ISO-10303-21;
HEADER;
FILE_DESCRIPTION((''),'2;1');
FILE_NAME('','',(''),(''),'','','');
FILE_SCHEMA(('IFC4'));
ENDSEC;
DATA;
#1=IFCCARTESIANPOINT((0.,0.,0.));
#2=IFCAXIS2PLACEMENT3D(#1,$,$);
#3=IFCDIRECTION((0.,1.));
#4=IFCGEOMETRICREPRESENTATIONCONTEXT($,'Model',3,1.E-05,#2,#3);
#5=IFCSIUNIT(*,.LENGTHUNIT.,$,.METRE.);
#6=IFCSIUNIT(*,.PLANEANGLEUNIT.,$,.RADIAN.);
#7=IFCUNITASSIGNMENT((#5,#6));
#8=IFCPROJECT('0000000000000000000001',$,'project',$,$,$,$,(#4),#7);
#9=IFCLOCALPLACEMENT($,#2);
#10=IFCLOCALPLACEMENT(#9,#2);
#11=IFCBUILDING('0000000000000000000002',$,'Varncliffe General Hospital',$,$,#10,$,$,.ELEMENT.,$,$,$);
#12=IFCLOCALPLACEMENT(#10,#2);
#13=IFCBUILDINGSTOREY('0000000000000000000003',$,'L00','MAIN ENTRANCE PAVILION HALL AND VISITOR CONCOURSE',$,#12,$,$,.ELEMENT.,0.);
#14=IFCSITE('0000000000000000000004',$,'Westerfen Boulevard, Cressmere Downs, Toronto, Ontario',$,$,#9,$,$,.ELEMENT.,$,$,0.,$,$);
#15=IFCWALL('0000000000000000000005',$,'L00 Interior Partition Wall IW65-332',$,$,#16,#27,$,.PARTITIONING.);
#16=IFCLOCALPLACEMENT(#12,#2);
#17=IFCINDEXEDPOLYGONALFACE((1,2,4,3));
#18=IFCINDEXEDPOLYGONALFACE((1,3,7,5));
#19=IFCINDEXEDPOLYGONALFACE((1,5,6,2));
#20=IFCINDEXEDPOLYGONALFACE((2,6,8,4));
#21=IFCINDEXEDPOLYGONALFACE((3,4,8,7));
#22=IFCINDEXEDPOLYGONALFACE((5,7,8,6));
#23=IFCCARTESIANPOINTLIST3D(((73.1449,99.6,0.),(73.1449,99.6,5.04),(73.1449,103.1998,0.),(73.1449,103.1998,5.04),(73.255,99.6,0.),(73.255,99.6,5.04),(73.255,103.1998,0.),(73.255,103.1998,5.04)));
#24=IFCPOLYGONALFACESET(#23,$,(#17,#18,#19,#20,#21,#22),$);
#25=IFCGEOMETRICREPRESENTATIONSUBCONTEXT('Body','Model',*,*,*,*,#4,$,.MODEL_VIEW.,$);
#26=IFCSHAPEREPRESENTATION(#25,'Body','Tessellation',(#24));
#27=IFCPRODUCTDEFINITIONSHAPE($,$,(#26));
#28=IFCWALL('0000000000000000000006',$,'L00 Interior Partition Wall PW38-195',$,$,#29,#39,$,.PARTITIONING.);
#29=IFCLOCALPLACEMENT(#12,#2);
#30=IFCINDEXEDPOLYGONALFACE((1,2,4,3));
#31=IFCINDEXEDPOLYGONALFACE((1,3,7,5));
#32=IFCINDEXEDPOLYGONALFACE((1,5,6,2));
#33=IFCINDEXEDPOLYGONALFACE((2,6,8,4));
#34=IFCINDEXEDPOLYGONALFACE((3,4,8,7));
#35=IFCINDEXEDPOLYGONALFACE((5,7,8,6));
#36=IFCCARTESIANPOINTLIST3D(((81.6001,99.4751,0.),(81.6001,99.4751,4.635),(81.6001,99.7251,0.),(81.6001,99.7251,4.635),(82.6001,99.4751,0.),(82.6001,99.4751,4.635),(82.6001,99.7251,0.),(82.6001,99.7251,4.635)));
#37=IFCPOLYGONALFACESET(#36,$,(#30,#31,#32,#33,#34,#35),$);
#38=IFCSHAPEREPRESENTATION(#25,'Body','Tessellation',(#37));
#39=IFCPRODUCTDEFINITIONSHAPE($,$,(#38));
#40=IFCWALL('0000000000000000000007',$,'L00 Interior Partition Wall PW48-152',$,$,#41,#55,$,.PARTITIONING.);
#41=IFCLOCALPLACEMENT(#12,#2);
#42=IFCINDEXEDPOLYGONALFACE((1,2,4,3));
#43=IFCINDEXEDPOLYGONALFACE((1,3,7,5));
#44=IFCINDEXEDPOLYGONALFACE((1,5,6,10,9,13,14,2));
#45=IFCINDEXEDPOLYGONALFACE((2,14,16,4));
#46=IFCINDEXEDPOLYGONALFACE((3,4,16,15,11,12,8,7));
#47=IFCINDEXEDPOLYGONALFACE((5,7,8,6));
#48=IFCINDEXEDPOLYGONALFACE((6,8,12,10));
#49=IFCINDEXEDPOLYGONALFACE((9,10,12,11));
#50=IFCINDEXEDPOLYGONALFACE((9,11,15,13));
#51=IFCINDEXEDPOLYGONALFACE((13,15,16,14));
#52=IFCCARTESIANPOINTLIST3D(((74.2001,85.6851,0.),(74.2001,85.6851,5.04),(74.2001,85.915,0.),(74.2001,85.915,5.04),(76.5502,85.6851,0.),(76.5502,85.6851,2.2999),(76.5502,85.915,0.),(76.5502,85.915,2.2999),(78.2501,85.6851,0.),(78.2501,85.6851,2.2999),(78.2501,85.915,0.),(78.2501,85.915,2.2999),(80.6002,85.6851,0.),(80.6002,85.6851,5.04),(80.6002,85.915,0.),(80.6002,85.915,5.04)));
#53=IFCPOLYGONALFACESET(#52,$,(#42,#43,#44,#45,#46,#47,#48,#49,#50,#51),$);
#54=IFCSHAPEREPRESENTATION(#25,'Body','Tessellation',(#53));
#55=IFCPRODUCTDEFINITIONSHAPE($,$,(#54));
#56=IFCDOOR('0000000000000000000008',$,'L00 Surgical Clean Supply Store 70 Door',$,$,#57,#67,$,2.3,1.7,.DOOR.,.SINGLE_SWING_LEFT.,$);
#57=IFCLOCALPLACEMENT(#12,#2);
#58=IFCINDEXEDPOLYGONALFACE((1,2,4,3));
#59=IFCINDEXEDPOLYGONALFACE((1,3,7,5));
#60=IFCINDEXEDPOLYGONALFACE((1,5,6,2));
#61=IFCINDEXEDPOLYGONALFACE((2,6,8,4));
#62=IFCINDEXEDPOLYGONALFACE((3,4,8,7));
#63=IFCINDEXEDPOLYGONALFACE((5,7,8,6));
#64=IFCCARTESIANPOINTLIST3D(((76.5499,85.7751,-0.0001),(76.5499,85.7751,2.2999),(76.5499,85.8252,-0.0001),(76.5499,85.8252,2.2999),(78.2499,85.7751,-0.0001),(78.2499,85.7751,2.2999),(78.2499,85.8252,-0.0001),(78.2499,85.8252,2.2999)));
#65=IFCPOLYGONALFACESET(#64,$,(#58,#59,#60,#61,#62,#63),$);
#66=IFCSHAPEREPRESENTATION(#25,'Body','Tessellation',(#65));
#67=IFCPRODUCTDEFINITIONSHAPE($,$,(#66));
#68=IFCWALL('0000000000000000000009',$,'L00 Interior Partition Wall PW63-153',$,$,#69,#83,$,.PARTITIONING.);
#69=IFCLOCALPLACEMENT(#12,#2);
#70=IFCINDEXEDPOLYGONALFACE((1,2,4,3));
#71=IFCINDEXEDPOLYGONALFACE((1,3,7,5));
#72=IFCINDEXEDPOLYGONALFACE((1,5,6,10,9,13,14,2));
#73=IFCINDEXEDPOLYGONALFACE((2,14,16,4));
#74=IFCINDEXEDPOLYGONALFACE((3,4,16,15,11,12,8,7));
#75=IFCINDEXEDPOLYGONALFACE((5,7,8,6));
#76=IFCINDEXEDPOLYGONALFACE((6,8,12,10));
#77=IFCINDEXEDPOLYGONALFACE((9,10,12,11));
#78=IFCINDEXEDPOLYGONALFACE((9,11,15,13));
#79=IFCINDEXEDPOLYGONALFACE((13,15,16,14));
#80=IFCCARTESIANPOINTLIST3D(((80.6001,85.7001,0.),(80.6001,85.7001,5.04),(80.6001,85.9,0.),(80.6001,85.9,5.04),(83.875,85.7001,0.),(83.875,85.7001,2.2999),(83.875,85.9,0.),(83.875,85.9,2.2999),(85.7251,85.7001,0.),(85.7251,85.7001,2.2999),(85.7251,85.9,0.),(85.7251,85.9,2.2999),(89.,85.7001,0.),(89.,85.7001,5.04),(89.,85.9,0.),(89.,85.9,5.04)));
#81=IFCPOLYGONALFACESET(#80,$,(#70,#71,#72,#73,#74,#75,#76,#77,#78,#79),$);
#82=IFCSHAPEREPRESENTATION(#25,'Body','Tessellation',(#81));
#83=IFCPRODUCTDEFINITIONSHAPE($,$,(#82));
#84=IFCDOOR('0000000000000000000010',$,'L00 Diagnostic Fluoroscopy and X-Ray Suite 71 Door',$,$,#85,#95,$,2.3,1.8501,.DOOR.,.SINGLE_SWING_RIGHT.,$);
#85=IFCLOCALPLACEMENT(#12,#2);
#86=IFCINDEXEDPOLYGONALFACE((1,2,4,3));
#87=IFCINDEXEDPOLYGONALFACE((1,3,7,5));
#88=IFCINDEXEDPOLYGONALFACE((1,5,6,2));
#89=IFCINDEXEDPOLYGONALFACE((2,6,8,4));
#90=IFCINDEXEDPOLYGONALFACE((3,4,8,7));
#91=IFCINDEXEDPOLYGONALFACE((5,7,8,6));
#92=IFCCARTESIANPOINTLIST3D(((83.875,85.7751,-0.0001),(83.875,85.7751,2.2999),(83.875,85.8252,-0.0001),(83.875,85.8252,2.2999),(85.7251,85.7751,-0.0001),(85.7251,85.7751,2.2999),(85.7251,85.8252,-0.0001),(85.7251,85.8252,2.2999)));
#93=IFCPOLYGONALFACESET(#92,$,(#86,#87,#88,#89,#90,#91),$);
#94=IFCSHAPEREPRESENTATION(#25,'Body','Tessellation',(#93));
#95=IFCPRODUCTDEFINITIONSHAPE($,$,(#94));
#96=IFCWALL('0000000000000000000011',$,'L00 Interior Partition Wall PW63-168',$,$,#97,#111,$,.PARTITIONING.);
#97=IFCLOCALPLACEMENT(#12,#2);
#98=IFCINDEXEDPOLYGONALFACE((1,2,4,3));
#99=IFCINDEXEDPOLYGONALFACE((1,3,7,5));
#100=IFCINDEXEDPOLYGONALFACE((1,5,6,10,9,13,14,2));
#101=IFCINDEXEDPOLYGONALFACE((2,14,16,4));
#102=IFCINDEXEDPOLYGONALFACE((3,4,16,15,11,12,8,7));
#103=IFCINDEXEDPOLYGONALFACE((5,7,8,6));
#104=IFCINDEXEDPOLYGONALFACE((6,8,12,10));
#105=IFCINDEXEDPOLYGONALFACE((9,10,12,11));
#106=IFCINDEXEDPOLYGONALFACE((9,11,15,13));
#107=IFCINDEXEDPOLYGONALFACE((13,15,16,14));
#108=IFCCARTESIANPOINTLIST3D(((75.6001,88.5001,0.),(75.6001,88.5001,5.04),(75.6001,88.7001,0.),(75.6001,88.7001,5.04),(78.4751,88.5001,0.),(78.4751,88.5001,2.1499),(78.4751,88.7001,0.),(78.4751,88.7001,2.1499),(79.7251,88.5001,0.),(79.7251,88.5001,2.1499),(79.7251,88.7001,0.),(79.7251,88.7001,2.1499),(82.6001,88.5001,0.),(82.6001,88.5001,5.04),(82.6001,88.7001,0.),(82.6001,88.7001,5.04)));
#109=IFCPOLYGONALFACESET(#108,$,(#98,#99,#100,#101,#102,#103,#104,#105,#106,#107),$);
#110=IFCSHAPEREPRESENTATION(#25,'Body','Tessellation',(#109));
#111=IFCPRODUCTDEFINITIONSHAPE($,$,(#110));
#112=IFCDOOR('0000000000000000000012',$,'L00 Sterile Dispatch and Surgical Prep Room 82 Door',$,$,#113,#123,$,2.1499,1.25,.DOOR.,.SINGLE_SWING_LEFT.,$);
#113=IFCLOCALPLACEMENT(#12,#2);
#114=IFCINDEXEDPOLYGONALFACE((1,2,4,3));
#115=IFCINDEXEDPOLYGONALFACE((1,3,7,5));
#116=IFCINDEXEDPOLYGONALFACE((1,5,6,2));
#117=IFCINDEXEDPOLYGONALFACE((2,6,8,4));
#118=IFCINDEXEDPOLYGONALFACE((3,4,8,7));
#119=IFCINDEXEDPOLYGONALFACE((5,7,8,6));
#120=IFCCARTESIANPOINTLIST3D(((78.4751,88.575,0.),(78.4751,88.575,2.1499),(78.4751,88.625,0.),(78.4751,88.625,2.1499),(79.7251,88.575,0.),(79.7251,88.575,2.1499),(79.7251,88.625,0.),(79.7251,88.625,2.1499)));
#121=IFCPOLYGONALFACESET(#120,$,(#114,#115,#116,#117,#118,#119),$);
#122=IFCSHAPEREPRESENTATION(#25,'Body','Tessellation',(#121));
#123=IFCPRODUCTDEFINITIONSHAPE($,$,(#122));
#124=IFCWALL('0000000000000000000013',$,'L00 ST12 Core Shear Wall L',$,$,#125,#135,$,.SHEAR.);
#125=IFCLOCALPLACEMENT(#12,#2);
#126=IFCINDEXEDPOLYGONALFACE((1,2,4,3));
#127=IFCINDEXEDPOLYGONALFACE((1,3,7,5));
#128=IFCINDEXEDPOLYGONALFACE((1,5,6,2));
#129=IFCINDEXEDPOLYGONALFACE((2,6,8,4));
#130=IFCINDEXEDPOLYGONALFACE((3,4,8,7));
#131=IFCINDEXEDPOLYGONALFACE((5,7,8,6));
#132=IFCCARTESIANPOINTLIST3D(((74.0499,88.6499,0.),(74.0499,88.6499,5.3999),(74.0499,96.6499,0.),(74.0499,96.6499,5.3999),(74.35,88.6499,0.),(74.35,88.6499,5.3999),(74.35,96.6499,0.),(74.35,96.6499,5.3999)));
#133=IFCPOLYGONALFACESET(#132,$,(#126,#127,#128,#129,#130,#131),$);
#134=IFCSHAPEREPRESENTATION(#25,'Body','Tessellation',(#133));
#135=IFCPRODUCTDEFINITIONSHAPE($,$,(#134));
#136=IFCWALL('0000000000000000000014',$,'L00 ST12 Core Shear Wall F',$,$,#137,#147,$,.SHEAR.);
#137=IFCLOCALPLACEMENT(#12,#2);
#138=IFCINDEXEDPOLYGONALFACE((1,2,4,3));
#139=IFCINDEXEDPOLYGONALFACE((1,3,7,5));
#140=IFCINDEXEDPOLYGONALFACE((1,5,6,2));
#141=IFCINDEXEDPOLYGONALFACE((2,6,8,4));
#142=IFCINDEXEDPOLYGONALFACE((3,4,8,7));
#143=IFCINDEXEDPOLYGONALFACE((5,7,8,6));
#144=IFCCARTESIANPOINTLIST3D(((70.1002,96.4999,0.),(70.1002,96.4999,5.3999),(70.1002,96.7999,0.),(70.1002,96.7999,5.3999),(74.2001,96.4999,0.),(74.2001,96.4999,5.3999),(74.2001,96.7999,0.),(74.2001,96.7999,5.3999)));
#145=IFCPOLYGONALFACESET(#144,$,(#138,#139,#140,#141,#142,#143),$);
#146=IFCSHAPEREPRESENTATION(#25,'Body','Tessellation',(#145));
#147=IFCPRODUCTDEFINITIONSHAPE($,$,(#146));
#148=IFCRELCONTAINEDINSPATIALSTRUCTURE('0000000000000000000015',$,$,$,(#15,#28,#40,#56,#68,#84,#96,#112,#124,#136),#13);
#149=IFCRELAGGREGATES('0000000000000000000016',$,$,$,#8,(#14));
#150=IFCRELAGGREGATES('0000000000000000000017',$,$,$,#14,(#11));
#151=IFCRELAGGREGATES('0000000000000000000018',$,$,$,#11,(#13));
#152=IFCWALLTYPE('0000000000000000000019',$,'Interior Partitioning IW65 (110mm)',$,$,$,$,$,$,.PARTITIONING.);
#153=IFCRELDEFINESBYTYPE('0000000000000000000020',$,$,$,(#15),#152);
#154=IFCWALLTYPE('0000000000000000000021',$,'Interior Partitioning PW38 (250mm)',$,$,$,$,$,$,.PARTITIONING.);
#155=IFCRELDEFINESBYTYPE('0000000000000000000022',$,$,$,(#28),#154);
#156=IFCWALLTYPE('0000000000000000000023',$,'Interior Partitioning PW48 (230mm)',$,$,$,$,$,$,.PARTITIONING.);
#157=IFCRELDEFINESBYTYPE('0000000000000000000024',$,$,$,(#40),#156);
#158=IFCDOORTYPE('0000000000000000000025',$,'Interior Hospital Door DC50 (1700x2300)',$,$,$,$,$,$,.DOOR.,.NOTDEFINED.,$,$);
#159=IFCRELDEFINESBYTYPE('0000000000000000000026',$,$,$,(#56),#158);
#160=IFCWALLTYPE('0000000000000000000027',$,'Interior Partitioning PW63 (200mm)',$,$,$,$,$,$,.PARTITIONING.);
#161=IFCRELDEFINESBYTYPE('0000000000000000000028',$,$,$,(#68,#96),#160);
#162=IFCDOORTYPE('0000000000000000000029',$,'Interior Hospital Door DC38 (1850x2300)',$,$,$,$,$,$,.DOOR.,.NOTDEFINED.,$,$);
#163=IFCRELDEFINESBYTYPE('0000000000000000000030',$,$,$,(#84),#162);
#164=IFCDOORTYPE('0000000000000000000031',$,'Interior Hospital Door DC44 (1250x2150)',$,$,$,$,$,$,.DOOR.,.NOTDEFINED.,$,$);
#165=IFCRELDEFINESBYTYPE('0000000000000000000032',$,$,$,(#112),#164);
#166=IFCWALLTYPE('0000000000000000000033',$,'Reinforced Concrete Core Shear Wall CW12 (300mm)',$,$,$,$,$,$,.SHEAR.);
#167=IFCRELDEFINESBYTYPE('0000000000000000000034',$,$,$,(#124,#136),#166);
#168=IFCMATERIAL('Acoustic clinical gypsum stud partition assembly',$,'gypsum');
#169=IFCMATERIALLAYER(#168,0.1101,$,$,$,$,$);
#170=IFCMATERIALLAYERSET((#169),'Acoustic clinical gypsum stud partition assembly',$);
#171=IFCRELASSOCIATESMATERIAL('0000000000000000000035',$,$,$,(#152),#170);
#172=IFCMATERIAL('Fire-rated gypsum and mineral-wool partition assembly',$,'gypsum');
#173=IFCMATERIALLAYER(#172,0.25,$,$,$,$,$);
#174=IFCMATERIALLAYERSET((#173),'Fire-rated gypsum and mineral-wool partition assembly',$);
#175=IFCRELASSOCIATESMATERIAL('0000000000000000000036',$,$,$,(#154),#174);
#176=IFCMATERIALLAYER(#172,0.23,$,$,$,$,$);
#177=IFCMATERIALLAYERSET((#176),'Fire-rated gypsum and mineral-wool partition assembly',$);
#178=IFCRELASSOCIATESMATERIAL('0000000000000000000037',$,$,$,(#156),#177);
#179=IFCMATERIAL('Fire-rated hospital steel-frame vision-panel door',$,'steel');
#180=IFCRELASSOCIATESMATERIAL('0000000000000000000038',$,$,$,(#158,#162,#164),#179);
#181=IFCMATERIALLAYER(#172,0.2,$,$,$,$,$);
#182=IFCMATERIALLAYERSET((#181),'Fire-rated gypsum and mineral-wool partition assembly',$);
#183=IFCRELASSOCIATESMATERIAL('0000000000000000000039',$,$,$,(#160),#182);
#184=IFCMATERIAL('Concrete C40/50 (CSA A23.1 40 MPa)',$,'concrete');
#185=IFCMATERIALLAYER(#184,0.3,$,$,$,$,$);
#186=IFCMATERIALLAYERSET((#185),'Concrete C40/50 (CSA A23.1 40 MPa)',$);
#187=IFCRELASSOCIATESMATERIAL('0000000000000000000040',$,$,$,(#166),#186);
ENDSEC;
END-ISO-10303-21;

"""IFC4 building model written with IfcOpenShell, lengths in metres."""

from ifc_helpers import new_model, si_unit, direction, frame, frame_2d, origin, place, context, subcontext, project, spatial, rectangle, extrude, material, layer, layer_set, type_object, element, fill, save


model = new_model("IFC4")

# Units and contexts
model_context = context("Model", 3, precision=1e-05, world=origin(), true_north=direction((0.0, 1.0)))
body_context = subcontext(model_context, "Body", "Model", "MODEL_VIEW")
ifc_project = project(units=[si_unit("LENGTHUNIT", "METRE"), si_unit("PLANEANGLEUNIT", "RADIAN")], contexts=[model_context])

# Site, building, storey
site_placement = place(None, origin())
site = spatial("IfcSite", under=ifc_project, at=site_placement, Name="Westerfen Boulevard, Cressmere Downs, Toronto, Ontario", CompositionType="ELEMENT", RefElevation=0.0)
building_placement = place(site_placement, origin())
building = spatial("IfcBuilding", under=site, at=building_placement, Name="Varncliffe General Hospital", CompositionType="ELEMENT")
storey_placement = place(building_placement, origin())
storey = spatial("IfcBuildingStorey", under=building, at=storey_placement, Name="L00", Description="MAIN ENTRANCE PAVILION HALL AND VISITOR CONCOURSE", CompositionType="ELEMENT", Elevation=0.0)

# Shared definitions
ifc_material_1 = material(Name="Concrete C40/50 (CSA A23.1 40 MPa)", Category="concrete")

# Walls
ifc_material_2 = material(Name="Acoustic clinical gypsum stud partition assembly", Category="gypsum")
ifc_layer_1 = layer(ifc_material_2, 0.1101)
ifc_layer_set_1 = layer_set([ifc_layer_1], Name="Acoustic clinical gypsum stud partition assembly")
wall_type_1 = type_object("IfcWallType", Name="Interior Partitioning IW65 (110mm)", PredefinedType="PARTITIONING", material=ifc_layer_set_1)
wall_1_placement = place(storey_placement, frame((73.2, 99.6001, 0.0), z_axis=(0.0, 0.0, 1.0), x_axis=(0.0, 1.0, 0.0)))
element("IfcWall", 1, at=wall_1_placement, inside=storey, type_object=wall_type_1, Name="L00 Interior Partition Wall IW65-332", PredefinedType="PARTITIONING", context=body_context, shape_type="SweptSolid", body=[
    extrude(rectangle(XDim=3.5999, YDim=0.1101, at=frame_2d((1.7998, 0.0))), origin(), (0.0, 0.0, 1.0), 5.04),
])
ifc_material_3 = material(Name="Fire-rated gypsum and mineral-wool partition assembly", Category="gypsum")
ifc_layer_2 = layer(ifc_material_3, 0.25)
ifc_layer_set_2 = layer_set([ifc_layer_2], Name="Fire-rated gypsum and mineral-wool partition assembly")
wall_type_2 = type_object("IfcWallType", Name="Interior Partitioning PW38 (250mm)", PredefinedType="PARTITIONING", material=ifc_layer_set_2)
wall_2_placement = place(storey_placement, frame((81.6001, 99.6001, 0.0), z_axis=(0.0, 0.0, 1.0), x_axis=(1.0, 0.0, 0.0)))
element("IfcWall", 2, at=wall_2_placement, inside=storey, type_object=wall_type_2, Name="L00 Interior Partition Wall PW38-195", PredefinedType="PARTITIONING", context=body_context, shape_type="SweptSolid", body=[
    extrude(rectangle(XDim=1.0, YDim=0.25, at=frame_2d((0.5, 0.0))), origin(), (0.0, 0.0, 1.0), 4.635),
])

# Walls, openings, doors
ifc_layer_3 = layer(ifc_material_3, 0.23)
ifc_layer_set_3 = layer_set([ifc_layer_3], Name="Fire-rated gypsum and mineral-wool partition assembly")
wall_type_3 = type_object("IfcWallType", Name="Interior Partitioning PW48 (230mm)", PredefinedType="PARTITIONING", material=ifc_layer_set_3)
wall_3_placement = place(storey_placement, frame((74.2, 85.8, 0.0), z_axis=(0.0, 0.0, 1.0), x_axis=(1.0, 0.0, 0.0)))
wall_3 = element("IfcWall", 3, at=wall_3_placement, inside=storey, type_object=wall_type_3, Name="L00 Interior Partition Wall PW48-152", PredefinedType="PARTITIONING", context=body_context, shape_type="SweptSolid", body=[
    extrude(rectangle(XDim=6.4001, YDim=0.23, at=frame_2d((3.2002, 0.0))), origin(), (0.0, 0.0, 1.0), 5.04),
])
opening_1_placement = place(wall_3_placement, frame((2.3501, 0.0, 0.0)))
opening_1 = element("IfcOpeningElement", 4, at=opening_1_placement, cuts=wall_3, PredefinedType="OPENING", context=body_context, shape_type="SweptSolid", body=[
    extrude(rectangle(XDim=1.7, YDim=2.3, at=frame_2d((0.8501, 1.1499))), frame((0.0, 0.125, 0.0), z_axis=(0.0, -1.0, 0.0), x_axis=(1.0, 0.0, 0.0)), (0.0, 0.0, 1.0), 0.25),
])
ifc_material_4 = material(Name="Fire-rated hospital steel-frame vision-panel door", Category="steel")
door_type_1 = type_object("IfcDoorType", Name="Interior Hospital Door DC50 (1700x2300)", OperationType="NOTDEFINED", PredefinedType="DOOR", material=ifc_material_4)
door_1_placement = place(opening_1_placement, frame((1.7, 0.0, 0.0), z_axis=(0.0, 0.0, 1.0), x_axis=(-1.0, 0.0, 0.0)))
door_1 = element("IfcDoor", 5, at=door_1_placement, inside=storey, type_object=door_type_1, Name="L00 Surgical Clean Supply Store 70 Door", OperationType="SINGLE_SWING_LEFT", OverallHeight=2.3, OverallWidth=1.7, PredefinedType="DOOR", context=body_context, shape_type="SweptSolid", body=[
    extrude(rectangle(XDim=1.7, YDim=2.3, at=frame_2d((0.8501, 1.1499))), frame((0.0, 0.0249, 0.0), z_axis=(0.0, -1.0, 0.0), x_axis=(1.0, 0.0, 0.0)), (0.0, 0.0, 1.0), 0.05),
])
fill(opening_1, door_1)
ifc_layer_4 = layer(ifc_material_3, 0.2)
ifc_layer_set_4 = layer_set([ifc_layer_4], Name="Fire-rated gypsum and mineral-wool partition assembly")
wall_type_4 = type_object("IfcWallType", Name="Interior Partitioning PW63 (200mm)", PredefinedType="PARTITIONING", material=ifc_layer_set_4)
wall_4_placement = place(storey_placement, frame((80.6001, 85.8, 0.0), z_axis=(0.0, 0.0, 1.0), x_axis=(1.0, 0.0, 0.0)))
wall_4 = element("IfcWall", 6, at=wall_4_placement, inside=storey, type_object=wall_type_4, Name="L00 Interior Partition Wall PW63-153", PredefinedType="PARTITIONING", context=body_context, shape_type="SweptSolid", body=[
    extrude(rectangle(XDim=8.3999, YDim=0.2, at=frame_2d((4.2, 0.0))), origin(), (0.0, 0.0, 1.0), 5.04),
])
opening_2_placement = place(wall_4_placement, frame((3.2749, 0.0, 0.0)))
opening_2 = element("IfcOpeningElement", 7, at=opening_2_placement, cuts=wall_4, PredefinedType="OPENING", context=body_context, shape_type="SweptSolid", body=[
    extrude(rectangle(XDim=1.8501, YDim=2.3, at=frame_2d((0.925, 1.1499))), frame((0.0, 0.1099, 0.0), z_axis=(0.0, -1.0, 0.0), x_axis=(1.0, 0.0, 0.0)), (0.0, 0.0, 1.0), 0.22),
])
door_type_2 = type_object("IfcDoorType", Name="Interior Hospital Door DC38 (1850x2300)", OperationType="NOTDEFINED", PredefinedType="DOOR", material=ifc_material_4)
door_2_placement = place(opening_2_placement, frame((1.8501, 0.0, 0.0), z_axis=(0.0, 0.0, 1.0), x_axis=(-1.0, 0.0, 0.0)))
door_2 = element("IfcDoor", 8, at=door_2_placement, inside=storey, type_object=door_type_2, Name="L00 Diagnostic Fluoroscopy and X-Ray Suite 71 Door", OperationType="SINGLE_SWING_RIGHT", OverallHeight=2.3, OverallWidth=1.8501, PredefinedType="DOOR", context=body_context, shape_type="SweptSolid", body=[
    extrude(rectangle(XDim=1.8501, YDim=2.3, at=frame_2d((0.925, 1.1499))), frame((0.0, 0.0249, 0.0), z_axis=(0.0, -1.0, 0.0), x_axis=(1.0, 0.0, 0.0)), (0.0, 0.0, 1.0), 0.05),
])
fill(opening_2, door_2)
wall_5_placement = place(storey_placement, frame((75.6001, 88.6001, 0.0), z_axis=(0.0, 0.0, 1.0), x_axis=(1.0, 0.0, 0.0)))
wall_5 = element("IfcWall", 9, at=wall_5_placement, inside=storey, type_object=wall_type_4, Name="L00 Interior Partition Wall PW63-168", PredefinedType="PARTITIONING", context=body_context, shape_type="SweptSolid", body=[
    extrude(rectangle(XDim=7.0, YDim=0.2, at=frame_2d((3.5, 0.0))), origin(), (0.0, 0.0, 1.0), 5.04),
])
opening_3_placement = place(wall_5_placement, frame((2.875, 0.0, 0.0)))
opening_3 = element("IfcOpeningElement", 10, at=opening_3_placement, cuts=wall_5, PredefinedType="OPENING", context=body_context, shape_type="SweptSolid", body=[
    extrude(rectangle(XDim=1.25, YDim=2.1499, at=frame_2d((0.625, 1.075))), frame((0.0, 0.1099, 0.0), z_axis=(0.0, -1.0, 0.0), x_axis=(1.0, 0.0, 0.0)), (0.0, 0.0, 1.0), 0.22),
])
door_type_3 = type_object("IfcDoorType", Name="Interior Hospital Door DC44 (1250x2150)", OperationType="NOTDEFINED", PredefinedType="DOOR", material=ifc_material_4)
door_3_placement = place(opening_3_placement, origin())
door_3 = element("IfcDoor", 11, at=door_3_placement, inside=storey, type_object=door_type_3, Name="L00 Sterile Dispatch and Surgical Prep Room 82 Door", OperationType="SINGLE_SWING_LEFT", OverallHeight=2.1499, OverallWidth=1.25, PredefinedType="DOOR", context=body_context, shape_type="SweptSolid", body=[
    extrude(rectangle(XDim=1.25, YDim=2.1499, at=frame_2d((0.625, 1.075))), frame((0.0, 0.0249, 0.0), z_axis=(0.0, -1.0, 0.0), x_axis=(1.0, 0.0, 0.0)), (0.0, 0.0, 1.0), 0.05),
])
fill(opening_3, door_3)

# Walls
ifc_layer_5 = layer(ifc_material_1, 0.3)
ifc_layer_set_5 = layer_set([ifc_layer_5], Name="Concrete C40/50 (CSA A23.1 40 MPa)")
wall_type_5 = type_object("IfcWallType", Name="Reinforced Concrete Core Shear Wall CW12 (300mm)", PredefinedType="SHEAR", material=ifc_layer_set_5)
wall_6_placement = place(storey_placement, frame((74.2, 88.6499, 0.0), z_axis=(0.0, 0.0, 1.0), x_axis=(0.0, 1.0, 0.0)))
element("IfcWall", 12, at=wall_6_placement, inside=storey, type_object=wall_type_5, Name="L00 ST12 Core Shear Wall L", PredefinedType="SHEAR", context=body_context, shape_type="SweptSolid", body=[
    extrude(rectangle(XDim=8.0, YDim=0.3, at=frame_2d((4.0, 0.0))), origin(), (0.0, 0.0, 1.0), 5.3999),
])
wall_7_placement = place(storey_placement, frame((74.2, 96.6499, 0.0), z_axis=(0.0, 0.0, 1.0), x_axis=(-1.0, 0.0, 0.0)))
element("IfcWall", 13, at=wall_7_placement, inside=storey, type_object=wall_type_5, Name="L00 ST12 Core Shear Wall F", PredefinedType="SHEAR", context=body_context, shape_type="SweptSolid", body=[
    extrude(rectangle(XDim=4.0999, YDim=0.3, at=frame_2d((2.0498, 0.0))), origin(), (0.0, 0.0, 1.0), 5.3999),
])

save(model, "model.ifc")
